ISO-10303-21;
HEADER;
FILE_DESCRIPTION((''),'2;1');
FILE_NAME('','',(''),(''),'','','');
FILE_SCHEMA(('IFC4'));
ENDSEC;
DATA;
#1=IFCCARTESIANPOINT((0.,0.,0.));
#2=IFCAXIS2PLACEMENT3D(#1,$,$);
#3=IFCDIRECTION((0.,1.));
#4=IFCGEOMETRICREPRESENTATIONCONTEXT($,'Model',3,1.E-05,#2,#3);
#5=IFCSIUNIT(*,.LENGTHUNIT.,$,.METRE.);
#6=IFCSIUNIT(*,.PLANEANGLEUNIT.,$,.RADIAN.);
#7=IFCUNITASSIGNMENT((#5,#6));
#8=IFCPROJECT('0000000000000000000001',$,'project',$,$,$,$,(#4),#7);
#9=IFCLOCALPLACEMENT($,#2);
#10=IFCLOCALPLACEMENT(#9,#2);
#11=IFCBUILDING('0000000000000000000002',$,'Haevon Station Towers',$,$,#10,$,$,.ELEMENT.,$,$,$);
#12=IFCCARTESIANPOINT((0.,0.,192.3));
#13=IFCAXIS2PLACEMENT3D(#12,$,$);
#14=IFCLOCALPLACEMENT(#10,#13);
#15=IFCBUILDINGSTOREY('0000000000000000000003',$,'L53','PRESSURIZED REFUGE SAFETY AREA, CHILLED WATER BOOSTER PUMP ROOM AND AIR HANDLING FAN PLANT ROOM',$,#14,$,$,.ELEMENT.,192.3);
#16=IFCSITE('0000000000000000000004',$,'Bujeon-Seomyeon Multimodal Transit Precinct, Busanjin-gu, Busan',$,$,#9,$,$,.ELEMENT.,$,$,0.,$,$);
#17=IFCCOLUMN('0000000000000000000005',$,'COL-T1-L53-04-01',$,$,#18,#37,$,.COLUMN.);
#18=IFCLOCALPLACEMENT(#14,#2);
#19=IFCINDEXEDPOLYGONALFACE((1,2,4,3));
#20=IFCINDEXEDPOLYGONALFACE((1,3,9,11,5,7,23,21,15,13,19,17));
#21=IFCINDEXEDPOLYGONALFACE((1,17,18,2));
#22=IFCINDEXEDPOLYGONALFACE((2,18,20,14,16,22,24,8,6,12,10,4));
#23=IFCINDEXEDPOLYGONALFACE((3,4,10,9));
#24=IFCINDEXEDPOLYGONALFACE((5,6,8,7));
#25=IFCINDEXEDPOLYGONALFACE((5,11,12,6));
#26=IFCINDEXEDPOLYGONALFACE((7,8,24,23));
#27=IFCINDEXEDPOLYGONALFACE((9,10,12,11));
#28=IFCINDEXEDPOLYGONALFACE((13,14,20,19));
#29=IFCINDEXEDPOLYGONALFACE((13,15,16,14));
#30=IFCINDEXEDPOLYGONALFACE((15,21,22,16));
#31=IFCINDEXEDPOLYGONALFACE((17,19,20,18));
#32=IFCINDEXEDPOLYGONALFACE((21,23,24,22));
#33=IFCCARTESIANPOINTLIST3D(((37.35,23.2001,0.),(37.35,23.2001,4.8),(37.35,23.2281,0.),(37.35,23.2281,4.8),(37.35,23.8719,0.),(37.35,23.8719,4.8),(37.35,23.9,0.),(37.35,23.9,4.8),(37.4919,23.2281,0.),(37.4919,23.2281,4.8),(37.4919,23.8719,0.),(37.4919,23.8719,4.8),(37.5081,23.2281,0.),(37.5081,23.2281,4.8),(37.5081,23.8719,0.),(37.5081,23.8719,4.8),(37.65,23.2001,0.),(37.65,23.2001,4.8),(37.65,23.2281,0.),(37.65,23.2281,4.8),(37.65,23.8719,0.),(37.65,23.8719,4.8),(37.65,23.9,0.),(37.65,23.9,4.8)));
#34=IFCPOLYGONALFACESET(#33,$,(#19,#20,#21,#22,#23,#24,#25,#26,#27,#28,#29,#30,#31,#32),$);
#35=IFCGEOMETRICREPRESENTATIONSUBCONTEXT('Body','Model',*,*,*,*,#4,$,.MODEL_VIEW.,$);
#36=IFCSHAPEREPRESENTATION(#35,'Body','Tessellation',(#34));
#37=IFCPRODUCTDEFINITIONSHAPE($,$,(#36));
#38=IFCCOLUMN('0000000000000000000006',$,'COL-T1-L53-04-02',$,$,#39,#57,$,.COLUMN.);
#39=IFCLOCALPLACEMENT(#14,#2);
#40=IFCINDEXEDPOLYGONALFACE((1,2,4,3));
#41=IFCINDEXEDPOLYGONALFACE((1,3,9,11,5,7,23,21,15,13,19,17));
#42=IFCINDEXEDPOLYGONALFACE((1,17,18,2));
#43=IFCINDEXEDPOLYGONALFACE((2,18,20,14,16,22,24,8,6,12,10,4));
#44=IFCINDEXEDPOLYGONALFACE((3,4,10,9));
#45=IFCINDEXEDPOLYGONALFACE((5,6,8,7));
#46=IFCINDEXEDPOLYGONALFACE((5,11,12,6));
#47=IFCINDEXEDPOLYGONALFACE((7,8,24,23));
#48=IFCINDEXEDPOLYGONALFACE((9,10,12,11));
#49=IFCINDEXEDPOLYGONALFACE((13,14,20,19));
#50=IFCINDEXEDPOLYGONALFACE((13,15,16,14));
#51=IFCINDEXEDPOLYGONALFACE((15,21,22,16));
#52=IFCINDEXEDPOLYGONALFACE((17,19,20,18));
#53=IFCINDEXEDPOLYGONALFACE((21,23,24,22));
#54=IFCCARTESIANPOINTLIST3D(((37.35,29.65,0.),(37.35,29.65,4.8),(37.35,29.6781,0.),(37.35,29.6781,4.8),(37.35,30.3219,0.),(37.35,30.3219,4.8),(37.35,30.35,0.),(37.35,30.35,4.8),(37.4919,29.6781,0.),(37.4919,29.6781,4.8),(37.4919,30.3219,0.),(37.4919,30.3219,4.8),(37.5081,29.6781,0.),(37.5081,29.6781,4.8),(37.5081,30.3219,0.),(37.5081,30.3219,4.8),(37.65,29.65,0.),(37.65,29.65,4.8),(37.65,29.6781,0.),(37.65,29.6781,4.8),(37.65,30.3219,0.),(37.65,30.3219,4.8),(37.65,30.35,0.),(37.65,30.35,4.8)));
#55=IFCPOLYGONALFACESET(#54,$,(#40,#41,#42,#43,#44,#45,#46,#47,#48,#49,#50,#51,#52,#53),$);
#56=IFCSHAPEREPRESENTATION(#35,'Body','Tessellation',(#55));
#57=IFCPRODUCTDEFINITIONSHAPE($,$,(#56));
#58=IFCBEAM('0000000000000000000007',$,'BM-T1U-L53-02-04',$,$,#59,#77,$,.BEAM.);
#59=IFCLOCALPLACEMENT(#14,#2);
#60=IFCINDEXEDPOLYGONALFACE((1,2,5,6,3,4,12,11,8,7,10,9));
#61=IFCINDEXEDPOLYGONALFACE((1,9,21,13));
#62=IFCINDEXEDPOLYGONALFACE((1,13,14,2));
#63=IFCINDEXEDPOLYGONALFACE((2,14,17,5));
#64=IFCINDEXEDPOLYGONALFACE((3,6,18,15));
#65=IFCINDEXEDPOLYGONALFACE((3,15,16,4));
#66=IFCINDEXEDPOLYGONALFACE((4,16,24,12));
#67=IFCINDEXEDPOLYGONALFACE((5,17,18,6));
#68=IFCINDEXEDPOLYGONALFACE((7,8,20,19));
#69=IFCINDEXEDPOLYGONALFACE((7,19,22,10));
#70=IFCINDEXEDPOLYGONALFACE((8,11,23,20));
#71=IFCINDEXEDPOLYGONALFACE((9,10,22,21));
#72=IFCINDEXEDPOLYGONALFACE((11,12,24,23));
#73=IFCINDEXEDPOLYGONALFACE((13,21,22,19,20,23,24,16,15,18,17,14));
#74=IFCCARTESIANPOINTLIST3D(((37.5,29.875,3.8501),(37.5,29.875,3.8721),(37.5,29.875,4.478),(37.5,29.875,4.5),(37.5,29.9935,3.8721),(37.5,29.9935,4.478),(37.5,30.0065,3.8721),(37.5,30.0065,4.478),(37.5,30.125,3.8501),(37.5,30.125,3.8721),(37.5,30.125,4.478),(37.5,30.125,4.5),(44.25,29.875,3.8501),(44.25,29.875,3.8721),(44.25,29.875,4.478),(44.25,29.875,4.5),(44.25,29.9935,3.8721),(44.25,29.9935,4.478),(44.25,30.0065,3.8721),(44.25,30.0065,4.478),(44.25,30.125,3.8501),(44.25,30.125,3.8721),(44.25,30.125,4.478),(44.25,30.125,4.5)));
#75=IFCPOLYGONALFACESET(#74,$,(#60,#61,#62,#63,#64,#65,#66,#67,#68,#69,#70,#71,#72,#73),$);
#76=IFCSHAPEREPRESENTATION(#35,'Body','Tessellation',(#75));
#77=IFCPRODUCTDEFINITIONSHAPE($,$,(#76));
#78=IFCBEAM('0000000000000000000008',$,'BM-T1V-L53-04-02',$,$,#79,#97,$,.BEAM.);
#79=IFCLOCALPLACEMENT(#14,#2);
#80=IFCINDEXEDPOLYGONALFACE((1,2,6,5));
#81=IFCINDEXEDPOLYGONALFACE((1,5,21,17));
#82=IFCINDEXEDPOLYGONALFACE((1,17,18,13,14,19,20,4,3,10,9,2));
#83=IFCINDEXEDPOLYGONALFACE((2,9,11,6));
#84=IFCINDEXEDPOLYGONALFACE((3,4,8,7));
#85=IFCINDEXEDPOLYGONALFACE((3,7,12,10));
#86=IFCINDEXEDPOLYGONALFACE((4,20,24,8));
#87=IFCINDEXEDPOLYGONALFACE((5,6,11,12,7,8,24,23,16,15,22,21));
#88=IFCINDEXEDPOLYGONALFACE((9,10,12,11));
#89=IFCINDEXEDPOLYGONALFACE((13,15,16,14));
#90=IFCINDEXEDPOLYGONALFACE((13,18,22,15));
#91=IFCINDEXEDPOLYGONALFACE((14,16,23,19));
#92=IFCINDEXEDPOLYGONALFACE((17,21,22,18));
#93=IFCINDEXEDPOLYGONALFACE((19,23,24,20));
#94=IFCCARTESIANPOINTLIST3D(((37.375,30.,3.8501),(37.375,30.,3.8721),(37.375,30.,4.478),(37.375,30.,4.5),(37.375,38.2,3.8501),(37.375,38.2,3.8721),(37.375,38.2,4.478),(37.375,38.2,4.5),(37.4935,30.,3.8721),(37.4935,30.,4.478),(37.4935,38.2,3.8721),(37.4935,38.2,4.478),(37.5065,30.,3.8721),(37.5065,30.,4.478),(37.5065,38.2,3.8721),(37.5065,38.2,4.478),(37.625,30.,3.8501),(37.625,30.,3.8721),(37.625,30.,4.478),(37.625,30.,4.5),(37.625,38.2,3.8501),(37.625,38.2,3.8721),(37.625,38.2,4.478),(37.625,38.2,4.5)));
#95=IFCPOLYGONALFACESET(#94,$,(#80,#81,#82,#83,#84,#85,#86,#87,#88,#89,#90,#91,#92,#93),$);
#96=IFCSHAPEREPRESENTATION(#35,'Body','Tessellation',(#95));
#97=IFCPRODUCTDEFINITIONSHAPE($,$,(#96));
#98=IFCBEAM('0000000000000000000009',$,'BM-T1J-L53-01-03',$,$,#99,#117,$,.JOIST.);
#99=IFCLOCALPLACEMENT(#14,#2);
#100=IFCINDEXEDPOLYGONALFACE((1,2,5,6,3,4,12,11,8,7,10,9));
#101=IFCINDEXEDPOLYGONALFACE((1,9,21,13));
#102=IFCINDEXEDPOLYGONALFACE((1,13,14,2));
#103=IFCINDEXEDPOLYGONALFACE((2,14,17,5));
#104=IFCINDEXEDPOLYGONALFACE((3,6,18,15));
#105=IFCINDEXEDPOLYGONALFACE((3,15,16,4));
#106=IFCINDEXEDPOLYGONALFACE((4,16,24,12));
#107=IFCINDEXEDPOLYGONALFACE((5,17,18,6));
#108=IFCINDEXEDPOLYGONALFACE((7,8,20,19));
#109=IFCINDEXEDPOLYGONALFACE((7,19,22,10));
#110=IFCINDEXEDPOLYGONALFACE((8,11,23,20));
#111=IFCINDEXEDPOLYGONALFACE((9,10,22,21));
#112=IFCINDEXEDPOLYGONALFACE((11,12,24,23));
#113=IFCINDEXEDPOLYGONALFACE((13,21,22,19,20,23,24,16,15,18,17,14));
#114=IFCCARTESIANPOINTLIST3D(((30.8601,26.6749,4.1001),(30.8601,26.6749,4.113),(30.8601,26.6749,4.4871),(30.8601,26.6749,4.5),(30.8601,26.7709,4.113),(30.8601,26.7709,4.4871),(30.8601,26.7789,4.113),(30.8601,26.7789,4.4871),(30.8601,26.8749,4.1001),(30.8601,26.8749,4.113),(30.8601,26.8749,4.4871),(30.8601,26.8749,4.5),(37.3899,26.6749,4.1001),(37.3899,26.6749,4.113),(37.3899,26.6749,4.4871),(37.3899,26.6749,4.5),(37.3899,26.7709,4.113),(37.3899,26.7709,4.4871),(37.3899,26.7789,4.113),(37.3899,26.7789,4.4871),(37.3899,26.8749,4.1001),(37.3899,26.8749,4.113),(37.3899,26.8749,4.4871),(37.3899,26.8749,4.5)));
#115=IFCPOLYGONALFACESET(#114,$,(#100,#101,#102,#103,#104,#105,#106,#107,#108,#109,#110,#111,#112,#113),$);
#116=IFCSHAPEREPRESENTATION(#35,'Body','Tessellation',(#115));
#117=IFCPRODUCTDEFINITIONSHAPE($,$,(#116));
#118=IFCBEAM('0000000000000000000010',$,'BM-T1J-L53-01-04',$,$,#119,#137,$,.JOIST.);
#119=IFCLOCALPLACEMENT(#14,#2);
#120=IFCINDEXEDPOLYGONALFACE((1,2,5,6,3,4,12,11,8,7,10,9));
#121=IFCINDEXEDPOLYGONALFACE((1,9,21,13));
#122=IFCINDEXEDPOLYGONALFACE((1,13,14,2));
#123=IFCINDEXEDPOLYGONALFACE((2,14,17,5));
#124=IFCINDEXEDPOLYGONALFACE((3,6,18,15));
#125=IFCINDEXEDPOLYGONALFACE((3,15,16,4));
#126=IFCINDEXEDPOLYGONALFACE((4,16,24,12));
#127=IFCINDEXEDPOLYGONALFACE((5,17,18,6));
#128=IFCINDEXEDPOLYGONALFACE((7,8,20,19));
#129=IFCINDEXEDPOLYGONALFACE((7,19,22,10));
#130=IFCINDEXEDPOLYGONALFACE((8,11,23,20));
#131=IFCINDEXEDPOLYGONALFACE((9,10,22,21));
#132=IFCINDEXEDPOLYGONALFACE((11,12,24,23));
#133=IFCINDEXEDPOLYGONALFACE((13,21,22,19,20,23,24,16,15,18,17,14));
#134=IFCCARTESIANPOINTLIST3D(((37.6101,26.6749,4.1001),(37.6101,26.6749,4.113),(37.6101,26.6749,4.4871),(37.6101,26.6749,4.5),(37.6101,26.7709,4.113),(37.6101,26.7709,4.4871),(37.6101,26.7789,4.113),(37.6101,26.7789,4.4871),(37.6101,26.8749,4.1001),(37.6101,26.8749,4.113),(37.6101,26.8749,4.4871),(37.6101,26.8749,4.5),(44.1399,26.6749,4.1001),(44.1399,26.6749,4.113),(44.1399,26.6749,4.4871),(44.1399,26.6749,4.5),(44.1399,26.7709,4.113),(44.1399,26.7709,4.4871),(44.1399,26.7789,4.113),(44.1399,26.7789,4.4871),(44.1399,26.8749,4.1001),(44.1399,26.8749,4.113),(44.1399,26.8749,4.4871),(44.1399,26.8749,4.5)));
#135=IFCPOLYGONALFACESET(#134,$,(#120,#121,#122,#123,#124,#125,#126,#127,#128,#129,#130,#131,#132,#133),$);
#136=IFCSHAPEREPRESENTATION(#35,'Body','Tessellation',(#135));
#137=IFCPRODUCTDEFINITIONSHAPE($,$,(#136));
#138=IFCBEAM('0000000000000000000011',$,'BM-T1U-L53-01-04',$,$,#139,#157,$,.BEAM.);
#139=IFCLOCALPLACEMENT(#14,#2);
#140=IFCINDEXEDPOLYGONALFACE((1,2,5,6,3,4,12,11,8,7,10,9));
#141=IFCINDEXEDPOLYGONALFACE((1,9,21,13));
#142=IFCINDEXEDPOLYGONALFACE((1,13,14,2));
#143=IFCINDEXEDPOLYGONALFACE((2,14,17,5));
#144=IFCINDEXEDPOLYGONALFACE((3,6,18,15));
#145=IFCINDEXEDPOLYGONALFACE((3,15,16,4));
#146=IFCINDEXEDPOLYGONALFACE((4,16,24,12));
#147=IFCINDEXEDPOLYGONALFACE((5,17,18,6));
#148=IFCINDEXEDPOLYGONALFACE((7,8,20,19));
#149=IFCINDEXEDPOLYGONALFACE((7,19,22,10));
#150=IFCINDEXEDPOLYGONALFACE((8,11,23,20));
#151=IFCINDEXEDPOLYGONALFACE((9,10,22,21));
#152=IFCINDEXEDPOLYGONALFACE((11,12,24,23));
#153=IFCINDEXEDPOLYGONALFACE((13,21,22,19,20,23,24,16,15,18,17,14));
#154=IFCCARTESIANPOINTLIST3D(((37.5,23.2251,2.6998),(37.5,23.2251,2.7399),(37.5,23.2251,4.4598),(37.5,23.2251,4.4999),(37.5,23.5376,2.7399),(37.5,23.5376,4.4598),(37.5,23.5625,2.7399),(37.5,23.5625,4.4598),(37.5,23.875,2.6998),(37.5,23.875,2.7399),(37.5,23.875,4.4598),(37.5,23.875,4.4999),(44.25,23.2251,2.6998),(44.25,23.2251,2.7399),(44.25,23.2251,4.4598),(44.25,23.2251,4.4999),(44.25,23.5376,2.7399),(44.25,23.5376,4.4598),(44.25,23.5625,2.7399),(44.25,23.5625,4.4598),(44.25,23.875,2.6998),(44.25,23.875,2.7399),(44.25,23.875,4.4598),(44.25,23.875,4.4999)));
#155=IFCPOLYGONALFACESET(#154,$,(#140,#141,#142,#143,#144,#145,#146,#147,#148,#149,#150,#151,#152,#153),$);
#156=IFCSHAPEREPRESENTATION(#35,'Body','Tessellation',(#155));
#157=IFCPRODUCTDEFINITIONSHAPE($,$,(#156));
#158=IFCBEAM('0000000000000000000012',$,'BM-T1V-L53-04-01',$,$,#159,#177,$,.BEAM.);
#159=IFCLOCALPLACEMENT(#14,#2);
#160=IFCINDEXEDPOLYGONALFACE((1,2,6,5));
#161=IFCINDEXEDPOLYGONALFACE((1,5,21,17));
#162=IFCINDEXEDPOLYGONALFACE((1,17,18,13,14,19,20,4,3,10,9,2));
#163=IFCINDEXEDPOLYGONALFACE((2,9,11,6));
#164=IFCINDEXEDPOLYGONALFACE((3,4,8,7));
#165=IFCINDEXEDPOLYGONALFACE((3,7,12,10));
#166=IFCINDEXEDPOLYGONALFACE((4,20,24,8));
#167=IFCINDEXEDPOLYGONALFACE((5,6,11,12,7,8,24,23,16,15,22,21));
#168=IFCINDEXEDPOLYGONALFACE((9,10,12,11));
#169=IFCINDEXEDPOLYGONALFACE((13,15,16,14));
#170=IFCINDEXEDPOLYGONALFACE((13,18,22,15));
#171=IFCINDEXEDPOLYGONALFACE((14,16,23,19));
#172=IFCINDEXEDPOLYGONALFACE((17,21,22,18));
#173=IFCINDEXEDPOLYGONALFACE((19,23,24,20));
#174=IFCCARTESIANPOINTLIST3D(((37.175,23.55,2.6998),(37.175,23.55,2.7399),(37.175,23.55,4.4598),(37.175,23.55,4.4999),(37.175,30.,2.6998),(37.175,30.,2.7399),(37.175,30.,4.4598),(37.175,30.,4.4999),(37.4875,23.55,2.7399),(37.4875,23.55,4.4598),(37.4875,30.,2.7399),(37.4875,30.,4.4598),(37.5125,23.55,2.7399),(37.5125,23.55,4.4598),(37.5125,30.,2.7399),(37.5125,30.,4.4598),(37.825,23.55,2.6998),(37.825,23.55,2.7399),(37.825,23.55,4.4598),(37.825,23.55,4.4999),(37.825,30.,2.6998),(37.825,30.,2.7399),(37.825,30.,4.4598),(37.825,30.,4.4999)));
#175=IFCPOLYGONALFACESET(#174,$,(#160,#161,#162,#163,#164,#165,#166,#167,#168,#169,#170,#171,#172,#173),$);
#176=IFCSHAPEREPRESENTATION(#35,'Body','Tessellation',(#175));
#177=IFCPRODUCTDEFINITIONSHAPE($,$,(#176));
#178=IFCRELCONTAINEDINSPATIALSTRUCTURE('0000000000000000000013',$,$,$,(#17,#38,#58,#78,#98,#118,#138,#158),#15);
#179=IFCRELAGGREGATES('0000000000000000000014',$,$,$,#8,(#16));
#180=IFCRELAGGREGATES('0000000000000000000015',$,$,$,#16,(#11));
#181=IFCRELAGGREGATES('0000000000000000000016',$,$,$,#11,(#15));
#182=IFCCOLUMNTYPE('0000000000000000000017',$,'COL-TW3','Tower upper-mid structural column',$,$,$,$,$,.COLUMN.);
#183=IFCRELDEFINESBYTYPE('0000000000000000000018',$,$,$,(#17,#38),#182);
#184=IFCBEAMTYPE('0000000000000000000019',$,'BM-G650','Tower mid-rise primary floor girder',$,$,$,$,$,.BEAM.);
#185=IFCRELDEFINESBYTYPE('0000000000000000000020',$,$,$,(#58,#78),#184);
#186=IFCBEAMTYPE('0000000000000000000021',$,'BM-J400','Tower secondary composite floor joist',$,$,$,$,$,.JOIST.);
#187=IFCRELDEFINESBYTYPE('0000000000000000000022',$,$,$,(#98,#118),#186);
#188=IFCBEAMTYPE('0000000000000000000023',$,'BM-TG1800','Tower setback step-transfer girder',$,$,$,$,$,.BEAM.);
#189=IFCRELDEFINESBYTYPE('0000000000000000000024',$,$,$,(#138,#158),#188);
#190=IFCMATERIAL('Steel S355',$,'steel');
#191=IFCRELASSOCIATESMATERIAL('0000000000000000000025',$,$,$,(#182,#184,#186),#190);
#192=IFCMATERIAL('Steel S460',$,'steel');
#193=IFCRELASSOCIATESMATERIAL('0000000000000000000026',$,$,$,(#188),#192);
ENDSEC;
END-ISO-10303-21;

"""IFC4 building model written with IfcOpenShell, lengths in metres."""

from ifc_helpers import new_model, si_unit, direction, frame, origin, origin_2d, place, context, subcontext, project, spatial, i_section, extrude, material, material_profile, profile_set, type_object, element, save


model = new_model("IFC4")

# Units and contexts
model_context = context("Model", 3, precision=1e-05, world=origin(), true_north=direction((0.0, 1.0)))
body_context = subcontext(model_context, "Body", "Model", "MODEL_VIEW")
ifc_project = project(units=[si_unit("LENGTHUNIT", "METRE"), si_unit("PLANEANGLEUNIT", "RADIAN")], contexts=[model_context])

# Site, building, storey
site_placement = place(None, origin())
site = spatial("IfcSite", under=ifc_project, at=site_placement, Name="Bujeon-Seomyeon Multimodal Transit Precinct, Busanjin-gu, Busan", CompositionType="ELEMENT", RefElevation=0.0)
building_placement = place(site_placement, origin())
building = spatial("IfcBuilding", under=site, at=building_placement, Name="Haevon Station Towers", CompositionType="ELEMENT")
storey_placement = place(building_placement, frame((0.0, 0.0, 192.3)))
storey = spatial("IfcBuildingStorey", under=building, at=storey_placement, Name="L53", Description="PRESSURIZED REFUGE SAFETY AREA, CHILLED WATER BOOSTER PUMP ROOM AND AIR HANDLING FAN PLANT ROOM", CompositionType="ELEMENT", Elevation=192.3)

# Columns
ifc_material_1 = material(Name="Steel S355", Category="steel")
ifc_material_profile_1 = material_profile(ifc_material_1, i_section(OverallWidth=0.3, OverallDepth=0.7, WebThickness=0.0161, FlangeThickness=0.0281, at=origin_2d()), Name="H-700x300x16x28")
ifc_profile_set_1 = profile_set([ifc_material_profile_1], Name="Steel S355")
column_type = type_object("IfcColumnType", Name="COL-TW3", Description="Tower upper-mid structural column", PredefinedType="COLUMN", material=ifc_profile_set_1)
for number, where, z_axis, x_axis, name in (
    (1, (37.5, 23.55, 0.0), (0.0, 0.0, 1.0), (1.0, 0.0, 0.0), "COL-T1-L53-04-01"),
    (2, (37.5, 30.0, 0.0), (0.0, 0.0, 1.0), (1.0, 0.0, 0.0), "COL-T1-L53-04-02"),
):
    element("IfcColumn", number, at=place(storey_placement, frame(where, z_axis=z_axis, x_axis=x_axis)), inside=storey, type_object=column_type, Name=name, PredefinedType="COLUMN", context=body_context, shape_type="SweptSolid", body=[
        extrude(i_section(OverallWidth=0.3, OverallDepth=0.7, WebThickness=0.0161, FlangeThickness=0.0281, at=origin_2d()), origin(), (0.0, 0.0, 1.0), 4.8),
    ])

# Beams
ifc_material_profile_2 = material_profile(ifc_material_1, i_section(OverallWidth=0.25, OverallDepth=0.6499, WebThickness=0.0129, FlangeThickness=0.022, at=origin_2d()), Name="H-650x250x13x22")
ifc_profile_set_2 = profile_set([ifc_material_profile_2], Name="Steel S355")
beam_type_1 = type_object("IfcBeamType", Name="BM-G650", Description="Tower mid-rise primary floor girder", PredefinedType="BEAM", material=ifc_profile_set_2)
beam_1_placement = place(storey_placement, frame((37.5, 30.0, 4.175), z_axis=(1.0, 0.0, 0.0), x_axis=(0.0, 1.0, 0.0)))
element("IfcBeam", 3, at=beam_1_placement, inside=storey, type_object=beam_type_1, Name="BM-T1U-L53-02-04", PredefinedType="BEAM", context=body_context, shape_type="SweptSolid", body=[
    extrude(i_section(OverallWidth=0.25, OverallDepth=0.6499, WebThickness=0.0129, FlangeThickness=0.022, at=origin_2d()), origin(), (0.0, 0.0, 1.0), 6.75),
])
beam_2_placement = place(storey_placement, frame((37.5, 30.0, 4.175), z_axis=(0.0, 1.0, 0.0), x_axis=(-1.0, 0.0, 0.0)))
element("IfcBeam", 4, at=beam_2_placement, inside=storey, type_object=beam_type_1, Name="BM-T1V-L53-04-02", PredefinedType="BEAM", context=body_context, shape_type="SweptSolid", body=[
    extrude(i_section(OverallWidth=0.25, OverallDepth=0.6499, WebThickness=0.0129, FlangeThickness=0.022, at=origin_2d()), origin(), (0.0, 0.0, 1.0), 8.2),
])
ifc_material_profile_3 = material_profile(ifc_material_1, i_section(OverallWidth=0.2, OverallDepth=0.3999, WebThickness=0.0081, FlangeThickness=0.0129, at=origin_2d()), Name="H-400x200x8x13")
ifc_profile_set_3 = profile_set([ifc_material_profile_3], Name="Steel S355")
beam_type_2 = type_object("IfcBeamType", Name="BM-J400", Description="Tower secondary composite floor joist", PredefinedType="JOIST", material=ifc_profile_set_3)
for number, where, z_axis, x_axis, name in (
    (5, (30.8601, 26.7749, 4.3), (1.0, 0.0, 0.0), (0.0, 1.0, 0.0), "BM-T1J-L53-01-03"),
    (6, (37.6101, 26.7749, 4.3), (1.0, 0.0, 0.0), (0.0, 1.0, 0.0), "BM-T1J-L53-01-04"),
):
    element("IfcBeam", number, at=place(storey_placement, frame(where, z_axis=z_axis, x_axis=x_axis)), inside=storey, type_object=beam_type_2, Name=name, PredefinedType="JOIST", context=body_context, shape_type="SweptSolid", body=[
        extrude(i_section(OverallWidth=0.2, OverallDepth=0.3999, WebThickness=0.0081, FlangeThickness=0.0129, at=origin_2d()), origin(), (0.0, 0.0, 1.0), 6.5298),
    ])
ifc_material_2 = material(Name="Steel S460", Category="steel")
ifc_material_profile_4 = material_profile(ifc_material_2, i_section(OverallWidth=0.6499, OverallDepth=1.8, WebThickness=0.0249, FlangeThickness=0.04, at=origin_2d()), Name="H-1800x650x25x40")
ifc_profile_set_4 = profile_set([ifc_material_profile_4], Name="Steel S460")
beam_type_3 = type_object("IfcBeamType", Name="BM-TG1800", Description="Tower setback step-transfer girder", PredefinedType="BEAM", material=ifc_profile_set_4)
beam_3_placement = place(storey_placement, frame((37.5, 23.55, 3.5999), z_axis=(1.0, 0.0, 0.0), x_axis=(0.0, 1.0, 0.0)))
element("IfcBeam", 7, at=beam_3_placement, inside=storey, type_object=beam_type_3, Name="BM-T1U-L53-01-04", PredefinedType="BEAM", context=body_context, shape_type="SweptSolid", body=[
    extrude(i_section(OverallWidth=0.6499, OverallDepth=1.8, WebThickness=0.0249, FlangeThickness=0.04, at=origin_2d()), origin(), (0.0, 0.0, 1.0), 6.75),
])
beam_4_placement = place(storey_placement, frame((37.5, 23.55, 3.5999), z_axis=(0.0, 1.0, 0.0), x_axis=(-1.0, 0.0, 0.0)))
element("IfcBeam", 8, at=beam_4_placement, inside=storey, type_object=beam_type_3, Name="BM-T1V-L53-04-01", PredefinedType="BEAM", context=body_context, shape_type="SweptSolid", body=[
    extrude(i_section(OverallWidth=0.6499, OverallDepth=1.8, WebThickness=0.0249, FlangeThickness=0.04, at=origin_2d()), origin(), (0.0, 0.0, 1.0), 6.45),
])

save(model, "model.ifc")
